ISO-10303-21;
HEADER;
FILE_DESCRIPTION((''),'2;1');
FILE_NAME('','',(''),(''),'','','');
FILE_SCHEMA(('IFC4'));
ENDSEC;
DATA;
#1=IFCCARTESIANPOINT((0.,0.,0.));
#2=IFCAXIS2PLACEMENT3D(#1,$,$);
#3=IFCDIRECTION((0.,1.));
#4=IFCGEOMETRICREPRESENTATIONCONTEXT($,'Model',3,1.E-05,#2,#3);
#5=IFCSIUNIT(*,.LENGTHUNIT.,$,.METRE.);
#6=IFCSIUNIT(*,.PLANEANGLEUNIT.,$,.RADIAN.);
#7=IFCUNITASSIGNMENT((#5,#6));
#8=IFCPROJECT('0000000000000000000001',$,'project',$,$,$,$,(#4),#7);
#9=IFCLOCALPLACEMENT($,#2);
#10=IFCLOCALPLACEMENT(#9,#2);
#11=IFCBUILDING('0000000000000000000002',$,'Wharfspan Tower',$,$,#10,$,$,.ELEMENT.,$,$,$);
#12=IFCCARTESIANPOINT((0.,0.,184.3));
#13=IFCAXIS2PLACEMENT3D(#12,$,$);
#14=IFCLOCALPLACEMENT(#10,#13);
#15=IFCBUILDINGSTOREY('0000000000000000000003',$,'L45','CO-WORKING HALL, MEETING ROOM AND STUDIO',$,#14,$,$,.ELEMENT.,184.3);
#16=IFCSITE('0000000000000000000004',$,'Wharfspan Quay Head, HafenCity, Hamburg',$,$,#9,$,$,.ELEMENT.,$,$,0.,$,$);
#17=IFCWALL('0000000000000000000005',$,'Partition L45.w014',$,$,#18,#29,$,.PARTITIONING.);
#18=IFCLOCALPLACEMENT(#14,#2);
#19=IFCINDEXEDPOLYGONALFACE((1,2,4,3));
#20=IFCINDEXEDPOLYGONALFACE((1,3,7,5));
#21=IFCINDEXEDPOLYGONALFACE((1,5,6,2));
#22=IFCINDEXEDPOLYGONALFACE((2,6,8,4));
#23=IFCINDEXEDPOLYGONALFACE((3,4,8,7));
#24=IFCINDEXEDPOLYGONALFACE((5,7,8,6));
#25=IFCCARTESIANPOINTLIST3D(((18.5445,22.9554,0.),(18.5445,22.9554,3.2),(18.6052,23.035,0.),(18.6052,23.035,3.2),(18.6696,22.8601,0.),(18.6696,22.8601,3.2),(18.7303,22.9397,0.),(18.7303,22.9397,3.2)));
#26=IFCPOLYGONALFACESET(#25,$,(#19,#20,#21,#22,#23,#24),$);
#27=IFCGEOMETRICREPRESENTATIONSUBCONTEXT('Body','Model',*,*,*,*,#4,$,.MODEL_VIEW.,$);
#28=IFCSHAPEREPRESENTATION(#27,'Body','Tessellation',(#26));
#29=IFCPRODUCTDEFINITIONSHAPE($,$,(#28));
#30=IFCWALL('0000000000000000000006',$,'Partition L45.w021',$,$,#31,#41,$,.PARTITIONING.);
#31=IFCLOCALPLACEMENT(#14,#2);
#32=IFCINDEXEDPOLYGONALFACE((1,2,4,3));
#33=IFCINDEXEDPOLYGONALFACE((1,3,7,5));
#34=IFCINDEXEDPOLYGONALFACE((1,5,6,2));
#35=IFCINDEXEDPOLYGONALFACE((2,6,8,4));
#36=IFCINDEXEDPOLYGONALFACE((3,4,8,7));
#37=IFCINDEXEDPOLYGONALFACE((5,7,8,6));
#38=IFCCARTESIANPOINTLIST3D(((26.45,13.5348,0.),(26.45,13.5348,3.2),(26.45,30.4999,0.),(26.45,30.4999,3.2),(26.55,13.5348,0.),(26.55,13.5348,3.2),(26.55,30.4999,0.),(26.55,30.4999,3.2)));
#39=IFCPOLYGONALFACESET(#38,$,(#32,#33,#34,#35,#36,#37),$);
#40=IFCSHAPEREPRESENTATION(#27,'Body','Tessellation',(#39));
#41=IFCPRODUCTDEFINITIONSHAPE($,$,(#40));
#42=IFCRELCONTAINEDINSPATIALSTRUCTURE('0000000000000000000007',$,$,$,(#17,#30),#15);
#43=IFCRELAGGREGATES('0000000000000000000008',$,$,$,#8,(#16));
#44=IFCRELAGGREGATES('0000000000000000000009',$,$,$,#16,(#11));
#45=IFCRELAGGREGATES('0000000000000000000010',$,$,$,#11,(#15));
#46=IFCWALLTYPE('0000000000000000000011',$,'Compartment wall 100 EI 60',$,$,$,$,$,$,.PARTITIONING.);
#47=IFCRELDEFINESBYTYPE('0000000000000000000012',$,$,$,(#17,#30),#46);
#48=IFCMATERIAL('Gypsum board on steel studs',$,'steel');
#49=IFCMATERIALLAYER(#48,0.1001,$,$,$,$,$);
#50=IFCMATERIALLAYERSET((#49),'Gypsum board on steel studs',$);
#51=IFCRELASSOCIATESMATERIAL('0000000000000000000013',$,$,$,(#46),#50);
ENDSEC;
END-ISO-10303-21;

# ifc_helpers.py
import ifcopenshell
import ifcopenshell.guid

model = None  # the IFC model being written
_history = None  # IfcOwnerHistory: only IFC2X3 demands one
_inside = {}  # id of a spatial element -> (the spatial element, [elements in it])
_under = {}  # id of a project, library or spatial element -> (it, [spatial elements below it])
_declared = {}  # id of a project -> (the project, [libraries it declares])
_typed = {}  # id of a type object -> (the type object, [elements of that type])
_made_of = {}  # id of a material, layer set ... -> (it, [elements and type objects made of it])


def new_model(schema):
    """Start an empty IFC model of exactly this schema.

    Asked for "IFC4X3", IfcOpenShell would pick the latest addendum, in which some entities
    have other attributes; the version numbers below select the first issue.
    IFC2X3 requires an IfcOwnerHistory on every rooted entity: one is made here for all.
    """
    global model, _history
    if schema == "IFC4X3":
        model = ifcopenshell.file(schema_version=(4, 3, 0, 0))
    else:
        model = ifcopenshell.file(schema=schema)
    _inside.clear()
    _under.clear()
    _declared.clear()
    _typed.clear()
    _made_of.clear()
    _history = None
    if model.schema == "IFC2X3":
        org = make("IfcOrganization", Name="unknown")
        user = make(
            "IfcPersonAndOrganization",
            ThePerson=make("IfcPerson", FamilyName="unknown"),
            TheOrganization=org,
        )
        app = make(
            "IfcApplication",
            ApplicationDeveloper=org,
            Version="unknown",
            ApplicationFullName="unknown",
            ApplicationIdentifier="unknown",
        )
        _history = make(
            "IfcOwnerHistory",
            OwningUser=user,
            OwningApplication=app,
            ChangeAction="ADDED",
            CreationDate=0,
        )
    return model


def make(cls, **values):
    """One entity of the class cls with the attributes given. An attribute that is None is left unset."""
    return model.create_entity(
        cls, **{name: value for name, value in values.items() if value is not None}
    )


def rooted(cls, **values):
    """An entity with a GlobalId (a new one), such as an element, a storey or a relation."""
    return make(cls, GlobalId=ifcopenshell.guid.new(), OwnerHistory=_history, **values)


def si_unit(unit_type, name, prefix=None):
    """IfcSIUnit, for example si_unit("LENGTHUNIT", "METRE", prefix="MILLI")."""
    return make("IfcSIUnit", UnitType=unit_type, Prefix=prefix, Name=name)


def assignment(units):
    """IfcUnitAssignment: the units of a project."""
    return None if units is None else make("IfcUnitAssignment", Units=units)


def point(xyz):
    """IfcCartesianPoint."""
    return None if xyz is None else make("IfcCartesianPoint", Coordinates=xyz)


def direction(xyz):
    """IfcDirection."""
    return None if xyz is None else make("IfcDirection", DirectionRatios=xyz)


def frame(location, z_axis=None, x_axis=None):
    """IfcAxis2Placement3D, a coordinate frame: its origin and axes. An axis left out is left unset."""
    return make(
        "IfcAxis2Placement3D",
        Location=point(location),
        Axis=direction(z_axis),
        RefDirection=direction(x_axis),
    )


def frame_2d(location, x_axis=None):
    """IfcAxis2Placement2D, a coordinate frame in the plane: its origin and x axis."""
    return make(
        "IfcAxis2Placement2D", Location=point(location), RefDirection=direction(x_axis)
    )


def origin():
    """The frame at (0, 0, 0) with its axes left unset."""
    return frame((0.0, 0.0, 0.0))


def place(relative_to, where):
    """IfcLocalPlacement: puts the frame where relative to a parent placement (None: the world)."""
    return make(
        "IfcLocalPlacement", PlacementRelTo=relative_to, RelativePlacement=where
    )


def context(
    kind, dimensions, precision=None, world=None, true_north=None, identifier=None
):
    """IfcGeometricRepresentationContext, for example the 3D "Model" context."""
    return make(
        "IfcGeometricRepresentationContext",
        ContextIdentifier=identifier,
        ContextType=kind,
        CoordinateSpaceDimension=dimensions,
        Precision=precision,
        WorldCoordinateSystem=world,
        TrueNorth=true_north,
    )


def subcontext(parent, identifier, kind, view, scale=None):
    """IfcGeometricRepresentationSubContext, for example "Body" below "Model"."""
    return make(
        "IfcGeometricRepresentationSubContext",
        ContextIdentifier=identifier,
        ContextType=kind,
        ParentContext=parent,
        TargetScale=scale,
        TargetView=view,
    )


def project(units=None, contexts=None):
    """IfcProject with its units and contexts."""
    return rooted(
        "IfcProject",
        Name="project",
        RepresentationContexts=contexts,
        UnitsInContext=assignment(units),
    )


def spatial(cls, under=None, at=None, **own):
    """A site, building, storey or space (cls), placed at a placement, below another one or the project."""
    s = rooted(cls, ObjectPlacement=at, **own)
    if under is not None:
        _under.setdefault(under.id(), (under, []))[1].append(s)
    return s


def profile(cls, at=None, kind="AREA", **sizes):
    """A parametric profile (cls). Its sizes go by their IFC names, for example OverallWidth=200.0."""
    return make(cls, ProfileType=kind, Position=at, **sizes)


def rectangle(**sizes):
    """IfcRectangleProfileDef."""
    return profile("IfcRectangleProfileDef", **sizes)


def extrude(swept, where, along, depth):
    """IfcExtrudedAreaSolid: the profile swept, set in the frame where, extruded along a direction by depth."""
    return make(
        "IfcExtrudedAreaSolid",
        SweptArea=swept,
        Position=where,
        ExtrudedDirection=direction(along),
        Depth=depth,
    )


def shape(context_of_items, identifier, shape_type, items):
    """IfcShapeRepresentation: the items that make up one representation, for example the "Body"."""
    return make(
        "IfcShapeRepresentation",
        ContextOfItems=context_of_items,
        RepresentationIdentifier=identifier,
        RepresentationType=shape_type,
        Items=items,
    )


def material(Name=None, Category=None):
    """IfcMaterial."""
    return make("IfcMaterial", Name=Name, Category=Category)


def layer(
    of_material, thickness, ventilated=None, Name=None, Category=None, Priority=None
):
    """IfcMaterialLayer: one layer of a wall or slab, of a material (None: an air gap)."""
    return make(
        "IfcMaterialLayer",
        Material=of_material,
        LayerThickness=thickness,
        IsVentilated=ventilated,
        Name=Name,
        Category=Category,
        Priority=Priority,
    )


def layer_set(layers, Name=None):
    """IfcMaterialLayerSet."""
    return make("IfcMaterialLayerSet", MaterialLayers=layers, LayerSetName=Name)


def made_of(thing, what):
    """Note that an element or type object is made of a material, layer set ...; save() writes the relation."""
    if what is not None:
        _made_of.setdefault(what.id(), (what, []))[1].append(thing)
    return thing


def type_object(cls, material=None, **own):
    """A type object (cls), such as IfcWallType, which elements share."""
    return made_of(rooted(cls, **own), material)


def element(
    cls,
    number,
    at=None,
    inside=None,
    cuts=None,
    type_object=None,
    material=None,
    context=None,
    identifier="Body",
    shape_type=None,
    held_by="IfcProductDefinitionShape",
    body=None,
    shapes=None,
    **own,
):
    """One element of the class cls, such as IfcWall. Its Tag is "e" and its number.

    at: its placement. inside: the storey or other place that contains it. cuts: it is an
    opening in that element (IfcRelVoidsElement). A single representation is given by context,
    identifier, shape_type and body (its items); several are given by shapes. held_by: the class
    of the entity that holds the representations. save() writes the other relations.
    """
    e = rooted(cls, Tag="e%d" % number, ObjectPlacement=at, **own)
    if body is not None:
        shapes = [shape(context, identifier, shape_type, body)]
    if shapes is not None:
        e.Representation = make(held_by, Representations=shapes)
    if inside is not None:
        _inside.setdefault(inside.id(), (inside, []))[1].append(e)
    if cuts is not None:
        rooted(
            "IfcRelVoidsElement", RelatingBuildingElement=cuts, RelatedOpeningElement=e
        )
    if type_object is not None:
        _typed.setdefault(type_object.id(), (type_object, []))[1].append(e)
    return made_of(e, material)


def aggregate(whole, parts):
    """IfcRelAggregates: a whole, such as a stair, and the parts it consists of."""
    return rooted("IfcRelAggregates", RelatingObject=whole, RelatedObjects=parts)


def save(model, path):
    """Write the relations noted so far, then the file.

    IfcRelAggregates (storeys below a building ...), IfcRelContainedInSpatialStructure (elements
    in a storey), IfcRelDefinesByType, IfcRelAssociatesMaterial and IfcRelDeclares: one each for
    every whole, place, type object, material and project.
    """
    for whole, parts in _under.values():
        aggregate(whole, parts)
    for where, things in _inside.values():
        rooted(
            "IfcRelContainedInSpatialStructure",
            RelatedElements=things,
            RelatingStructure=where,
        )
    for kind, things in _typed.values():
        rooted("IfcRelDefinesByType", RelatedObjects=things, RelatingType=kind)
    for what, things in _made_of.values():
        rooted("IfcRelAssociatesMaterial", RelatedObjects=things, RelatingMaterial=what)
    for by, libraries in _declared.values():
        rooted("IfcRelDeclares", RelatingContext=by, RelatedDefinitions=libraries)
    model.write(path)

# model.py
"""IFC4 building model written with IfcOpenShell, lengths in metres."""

from ifc_helpers import new_model, si_unit, direction, frame, frame_2d, origin, place, context, subcontext, project, spatial, rectangle, extrude, material, layer, layer_set, type_object, element, save


model = new_model("IFC4")

# Units and contexts
model_context = context("Model", 3, precision=1e-05, world=origin(), true_north=direction((0.0, 1.0)))
body_context = subcontext(model_context, "Body", "Model", "MODEL_VIEW")
ifc_project = project(units=[si_unit("LENGTHUNIT", "METRE"), si_unit("PLANEANGLEUNIT", "RADIAN")], contexts=[model_context])

# Site, building, storey
site_placement = place(None, origin())
site = spatial("IfcSite", under=ifc_project, at=site_placement, Name="Wharfspan Quay Head, HafenCity, Hamburg", CompositionType="ELEMENT", RefElevation=0.0)
building_placement = place(site_placement, origin())
building = spatial("IfcBuilding", under=site, at=building_placement, Name="Wharfspan Tower", CompositionType="ELEMENT")
storey_placement = place(building_placement, frame((0.0, 0.0, 184.3)))
storey = spatial("IfcBuildingStorey", under=building, at=storey_placement, Name="L45", Description="CO-WORKING HALL, MEETING ROOM AND STUDIO", CompositionType="ELEMENT", Elevation=184.3)

# Shared definitions
ifc_material_1 = material(Name="Gypsum board on steel studs", Category="steel")
ifc_layer_1 = layer(ifc_material_1, 0.1001)
ifc_layer_set_1 = layer_set([ifc_layer_1], Name="Gypsum board on steel studs")
wall_type_1 = type_object("IfcWallType", Name="Compartment wall 100 EI 60", PredefinedType="PARTITIONING", material=ifc_layer_set_1)

# Walls
wall_1_placement = place(storey_placement, frame((18.7, 22.8999, 0.0), z_axis=(0.0, 0.0, 1.0), x_axis=(-0.795501, 0.605948, 0.0)))
element("IfcWall", 1, at=wall_1_placement, inside=storey, type_object=wall_type_1, Name="Partition L45.w014", PredefinedType="PARTITIONING", context=body_context, shape_type="SweptSolid", body=[
    extrude(rectangle(XDim=0.1572, YDim=0.1001, at=frame_2d((0.0786, 0.0))), origin(), (0.0, 0.0, 1.0), 3.2),
])
wall_2_placement = place(storey_placement, frame((26.5, 13.5349, 0.0), z_axis=(0.0, 0.0, 1.0), x_axis=(0.0, 1.0, 0.0)))
element("IfcWall", 2, at=wall_2_placement, inside=storey, type_object=wall_type_1, Name="Partition L45.w021", PredefinedType="PARTITIONING", context=body_context, shape_type="SweptSolid", body=[
    extrude(rectangle(XDim=16.9651, YDim=0.1001, at=frame_2d((8.4824, 0.0))), origin(), (0.0, 0.0, 1.0), 3.2),
])

save(model, "model.ifc")
